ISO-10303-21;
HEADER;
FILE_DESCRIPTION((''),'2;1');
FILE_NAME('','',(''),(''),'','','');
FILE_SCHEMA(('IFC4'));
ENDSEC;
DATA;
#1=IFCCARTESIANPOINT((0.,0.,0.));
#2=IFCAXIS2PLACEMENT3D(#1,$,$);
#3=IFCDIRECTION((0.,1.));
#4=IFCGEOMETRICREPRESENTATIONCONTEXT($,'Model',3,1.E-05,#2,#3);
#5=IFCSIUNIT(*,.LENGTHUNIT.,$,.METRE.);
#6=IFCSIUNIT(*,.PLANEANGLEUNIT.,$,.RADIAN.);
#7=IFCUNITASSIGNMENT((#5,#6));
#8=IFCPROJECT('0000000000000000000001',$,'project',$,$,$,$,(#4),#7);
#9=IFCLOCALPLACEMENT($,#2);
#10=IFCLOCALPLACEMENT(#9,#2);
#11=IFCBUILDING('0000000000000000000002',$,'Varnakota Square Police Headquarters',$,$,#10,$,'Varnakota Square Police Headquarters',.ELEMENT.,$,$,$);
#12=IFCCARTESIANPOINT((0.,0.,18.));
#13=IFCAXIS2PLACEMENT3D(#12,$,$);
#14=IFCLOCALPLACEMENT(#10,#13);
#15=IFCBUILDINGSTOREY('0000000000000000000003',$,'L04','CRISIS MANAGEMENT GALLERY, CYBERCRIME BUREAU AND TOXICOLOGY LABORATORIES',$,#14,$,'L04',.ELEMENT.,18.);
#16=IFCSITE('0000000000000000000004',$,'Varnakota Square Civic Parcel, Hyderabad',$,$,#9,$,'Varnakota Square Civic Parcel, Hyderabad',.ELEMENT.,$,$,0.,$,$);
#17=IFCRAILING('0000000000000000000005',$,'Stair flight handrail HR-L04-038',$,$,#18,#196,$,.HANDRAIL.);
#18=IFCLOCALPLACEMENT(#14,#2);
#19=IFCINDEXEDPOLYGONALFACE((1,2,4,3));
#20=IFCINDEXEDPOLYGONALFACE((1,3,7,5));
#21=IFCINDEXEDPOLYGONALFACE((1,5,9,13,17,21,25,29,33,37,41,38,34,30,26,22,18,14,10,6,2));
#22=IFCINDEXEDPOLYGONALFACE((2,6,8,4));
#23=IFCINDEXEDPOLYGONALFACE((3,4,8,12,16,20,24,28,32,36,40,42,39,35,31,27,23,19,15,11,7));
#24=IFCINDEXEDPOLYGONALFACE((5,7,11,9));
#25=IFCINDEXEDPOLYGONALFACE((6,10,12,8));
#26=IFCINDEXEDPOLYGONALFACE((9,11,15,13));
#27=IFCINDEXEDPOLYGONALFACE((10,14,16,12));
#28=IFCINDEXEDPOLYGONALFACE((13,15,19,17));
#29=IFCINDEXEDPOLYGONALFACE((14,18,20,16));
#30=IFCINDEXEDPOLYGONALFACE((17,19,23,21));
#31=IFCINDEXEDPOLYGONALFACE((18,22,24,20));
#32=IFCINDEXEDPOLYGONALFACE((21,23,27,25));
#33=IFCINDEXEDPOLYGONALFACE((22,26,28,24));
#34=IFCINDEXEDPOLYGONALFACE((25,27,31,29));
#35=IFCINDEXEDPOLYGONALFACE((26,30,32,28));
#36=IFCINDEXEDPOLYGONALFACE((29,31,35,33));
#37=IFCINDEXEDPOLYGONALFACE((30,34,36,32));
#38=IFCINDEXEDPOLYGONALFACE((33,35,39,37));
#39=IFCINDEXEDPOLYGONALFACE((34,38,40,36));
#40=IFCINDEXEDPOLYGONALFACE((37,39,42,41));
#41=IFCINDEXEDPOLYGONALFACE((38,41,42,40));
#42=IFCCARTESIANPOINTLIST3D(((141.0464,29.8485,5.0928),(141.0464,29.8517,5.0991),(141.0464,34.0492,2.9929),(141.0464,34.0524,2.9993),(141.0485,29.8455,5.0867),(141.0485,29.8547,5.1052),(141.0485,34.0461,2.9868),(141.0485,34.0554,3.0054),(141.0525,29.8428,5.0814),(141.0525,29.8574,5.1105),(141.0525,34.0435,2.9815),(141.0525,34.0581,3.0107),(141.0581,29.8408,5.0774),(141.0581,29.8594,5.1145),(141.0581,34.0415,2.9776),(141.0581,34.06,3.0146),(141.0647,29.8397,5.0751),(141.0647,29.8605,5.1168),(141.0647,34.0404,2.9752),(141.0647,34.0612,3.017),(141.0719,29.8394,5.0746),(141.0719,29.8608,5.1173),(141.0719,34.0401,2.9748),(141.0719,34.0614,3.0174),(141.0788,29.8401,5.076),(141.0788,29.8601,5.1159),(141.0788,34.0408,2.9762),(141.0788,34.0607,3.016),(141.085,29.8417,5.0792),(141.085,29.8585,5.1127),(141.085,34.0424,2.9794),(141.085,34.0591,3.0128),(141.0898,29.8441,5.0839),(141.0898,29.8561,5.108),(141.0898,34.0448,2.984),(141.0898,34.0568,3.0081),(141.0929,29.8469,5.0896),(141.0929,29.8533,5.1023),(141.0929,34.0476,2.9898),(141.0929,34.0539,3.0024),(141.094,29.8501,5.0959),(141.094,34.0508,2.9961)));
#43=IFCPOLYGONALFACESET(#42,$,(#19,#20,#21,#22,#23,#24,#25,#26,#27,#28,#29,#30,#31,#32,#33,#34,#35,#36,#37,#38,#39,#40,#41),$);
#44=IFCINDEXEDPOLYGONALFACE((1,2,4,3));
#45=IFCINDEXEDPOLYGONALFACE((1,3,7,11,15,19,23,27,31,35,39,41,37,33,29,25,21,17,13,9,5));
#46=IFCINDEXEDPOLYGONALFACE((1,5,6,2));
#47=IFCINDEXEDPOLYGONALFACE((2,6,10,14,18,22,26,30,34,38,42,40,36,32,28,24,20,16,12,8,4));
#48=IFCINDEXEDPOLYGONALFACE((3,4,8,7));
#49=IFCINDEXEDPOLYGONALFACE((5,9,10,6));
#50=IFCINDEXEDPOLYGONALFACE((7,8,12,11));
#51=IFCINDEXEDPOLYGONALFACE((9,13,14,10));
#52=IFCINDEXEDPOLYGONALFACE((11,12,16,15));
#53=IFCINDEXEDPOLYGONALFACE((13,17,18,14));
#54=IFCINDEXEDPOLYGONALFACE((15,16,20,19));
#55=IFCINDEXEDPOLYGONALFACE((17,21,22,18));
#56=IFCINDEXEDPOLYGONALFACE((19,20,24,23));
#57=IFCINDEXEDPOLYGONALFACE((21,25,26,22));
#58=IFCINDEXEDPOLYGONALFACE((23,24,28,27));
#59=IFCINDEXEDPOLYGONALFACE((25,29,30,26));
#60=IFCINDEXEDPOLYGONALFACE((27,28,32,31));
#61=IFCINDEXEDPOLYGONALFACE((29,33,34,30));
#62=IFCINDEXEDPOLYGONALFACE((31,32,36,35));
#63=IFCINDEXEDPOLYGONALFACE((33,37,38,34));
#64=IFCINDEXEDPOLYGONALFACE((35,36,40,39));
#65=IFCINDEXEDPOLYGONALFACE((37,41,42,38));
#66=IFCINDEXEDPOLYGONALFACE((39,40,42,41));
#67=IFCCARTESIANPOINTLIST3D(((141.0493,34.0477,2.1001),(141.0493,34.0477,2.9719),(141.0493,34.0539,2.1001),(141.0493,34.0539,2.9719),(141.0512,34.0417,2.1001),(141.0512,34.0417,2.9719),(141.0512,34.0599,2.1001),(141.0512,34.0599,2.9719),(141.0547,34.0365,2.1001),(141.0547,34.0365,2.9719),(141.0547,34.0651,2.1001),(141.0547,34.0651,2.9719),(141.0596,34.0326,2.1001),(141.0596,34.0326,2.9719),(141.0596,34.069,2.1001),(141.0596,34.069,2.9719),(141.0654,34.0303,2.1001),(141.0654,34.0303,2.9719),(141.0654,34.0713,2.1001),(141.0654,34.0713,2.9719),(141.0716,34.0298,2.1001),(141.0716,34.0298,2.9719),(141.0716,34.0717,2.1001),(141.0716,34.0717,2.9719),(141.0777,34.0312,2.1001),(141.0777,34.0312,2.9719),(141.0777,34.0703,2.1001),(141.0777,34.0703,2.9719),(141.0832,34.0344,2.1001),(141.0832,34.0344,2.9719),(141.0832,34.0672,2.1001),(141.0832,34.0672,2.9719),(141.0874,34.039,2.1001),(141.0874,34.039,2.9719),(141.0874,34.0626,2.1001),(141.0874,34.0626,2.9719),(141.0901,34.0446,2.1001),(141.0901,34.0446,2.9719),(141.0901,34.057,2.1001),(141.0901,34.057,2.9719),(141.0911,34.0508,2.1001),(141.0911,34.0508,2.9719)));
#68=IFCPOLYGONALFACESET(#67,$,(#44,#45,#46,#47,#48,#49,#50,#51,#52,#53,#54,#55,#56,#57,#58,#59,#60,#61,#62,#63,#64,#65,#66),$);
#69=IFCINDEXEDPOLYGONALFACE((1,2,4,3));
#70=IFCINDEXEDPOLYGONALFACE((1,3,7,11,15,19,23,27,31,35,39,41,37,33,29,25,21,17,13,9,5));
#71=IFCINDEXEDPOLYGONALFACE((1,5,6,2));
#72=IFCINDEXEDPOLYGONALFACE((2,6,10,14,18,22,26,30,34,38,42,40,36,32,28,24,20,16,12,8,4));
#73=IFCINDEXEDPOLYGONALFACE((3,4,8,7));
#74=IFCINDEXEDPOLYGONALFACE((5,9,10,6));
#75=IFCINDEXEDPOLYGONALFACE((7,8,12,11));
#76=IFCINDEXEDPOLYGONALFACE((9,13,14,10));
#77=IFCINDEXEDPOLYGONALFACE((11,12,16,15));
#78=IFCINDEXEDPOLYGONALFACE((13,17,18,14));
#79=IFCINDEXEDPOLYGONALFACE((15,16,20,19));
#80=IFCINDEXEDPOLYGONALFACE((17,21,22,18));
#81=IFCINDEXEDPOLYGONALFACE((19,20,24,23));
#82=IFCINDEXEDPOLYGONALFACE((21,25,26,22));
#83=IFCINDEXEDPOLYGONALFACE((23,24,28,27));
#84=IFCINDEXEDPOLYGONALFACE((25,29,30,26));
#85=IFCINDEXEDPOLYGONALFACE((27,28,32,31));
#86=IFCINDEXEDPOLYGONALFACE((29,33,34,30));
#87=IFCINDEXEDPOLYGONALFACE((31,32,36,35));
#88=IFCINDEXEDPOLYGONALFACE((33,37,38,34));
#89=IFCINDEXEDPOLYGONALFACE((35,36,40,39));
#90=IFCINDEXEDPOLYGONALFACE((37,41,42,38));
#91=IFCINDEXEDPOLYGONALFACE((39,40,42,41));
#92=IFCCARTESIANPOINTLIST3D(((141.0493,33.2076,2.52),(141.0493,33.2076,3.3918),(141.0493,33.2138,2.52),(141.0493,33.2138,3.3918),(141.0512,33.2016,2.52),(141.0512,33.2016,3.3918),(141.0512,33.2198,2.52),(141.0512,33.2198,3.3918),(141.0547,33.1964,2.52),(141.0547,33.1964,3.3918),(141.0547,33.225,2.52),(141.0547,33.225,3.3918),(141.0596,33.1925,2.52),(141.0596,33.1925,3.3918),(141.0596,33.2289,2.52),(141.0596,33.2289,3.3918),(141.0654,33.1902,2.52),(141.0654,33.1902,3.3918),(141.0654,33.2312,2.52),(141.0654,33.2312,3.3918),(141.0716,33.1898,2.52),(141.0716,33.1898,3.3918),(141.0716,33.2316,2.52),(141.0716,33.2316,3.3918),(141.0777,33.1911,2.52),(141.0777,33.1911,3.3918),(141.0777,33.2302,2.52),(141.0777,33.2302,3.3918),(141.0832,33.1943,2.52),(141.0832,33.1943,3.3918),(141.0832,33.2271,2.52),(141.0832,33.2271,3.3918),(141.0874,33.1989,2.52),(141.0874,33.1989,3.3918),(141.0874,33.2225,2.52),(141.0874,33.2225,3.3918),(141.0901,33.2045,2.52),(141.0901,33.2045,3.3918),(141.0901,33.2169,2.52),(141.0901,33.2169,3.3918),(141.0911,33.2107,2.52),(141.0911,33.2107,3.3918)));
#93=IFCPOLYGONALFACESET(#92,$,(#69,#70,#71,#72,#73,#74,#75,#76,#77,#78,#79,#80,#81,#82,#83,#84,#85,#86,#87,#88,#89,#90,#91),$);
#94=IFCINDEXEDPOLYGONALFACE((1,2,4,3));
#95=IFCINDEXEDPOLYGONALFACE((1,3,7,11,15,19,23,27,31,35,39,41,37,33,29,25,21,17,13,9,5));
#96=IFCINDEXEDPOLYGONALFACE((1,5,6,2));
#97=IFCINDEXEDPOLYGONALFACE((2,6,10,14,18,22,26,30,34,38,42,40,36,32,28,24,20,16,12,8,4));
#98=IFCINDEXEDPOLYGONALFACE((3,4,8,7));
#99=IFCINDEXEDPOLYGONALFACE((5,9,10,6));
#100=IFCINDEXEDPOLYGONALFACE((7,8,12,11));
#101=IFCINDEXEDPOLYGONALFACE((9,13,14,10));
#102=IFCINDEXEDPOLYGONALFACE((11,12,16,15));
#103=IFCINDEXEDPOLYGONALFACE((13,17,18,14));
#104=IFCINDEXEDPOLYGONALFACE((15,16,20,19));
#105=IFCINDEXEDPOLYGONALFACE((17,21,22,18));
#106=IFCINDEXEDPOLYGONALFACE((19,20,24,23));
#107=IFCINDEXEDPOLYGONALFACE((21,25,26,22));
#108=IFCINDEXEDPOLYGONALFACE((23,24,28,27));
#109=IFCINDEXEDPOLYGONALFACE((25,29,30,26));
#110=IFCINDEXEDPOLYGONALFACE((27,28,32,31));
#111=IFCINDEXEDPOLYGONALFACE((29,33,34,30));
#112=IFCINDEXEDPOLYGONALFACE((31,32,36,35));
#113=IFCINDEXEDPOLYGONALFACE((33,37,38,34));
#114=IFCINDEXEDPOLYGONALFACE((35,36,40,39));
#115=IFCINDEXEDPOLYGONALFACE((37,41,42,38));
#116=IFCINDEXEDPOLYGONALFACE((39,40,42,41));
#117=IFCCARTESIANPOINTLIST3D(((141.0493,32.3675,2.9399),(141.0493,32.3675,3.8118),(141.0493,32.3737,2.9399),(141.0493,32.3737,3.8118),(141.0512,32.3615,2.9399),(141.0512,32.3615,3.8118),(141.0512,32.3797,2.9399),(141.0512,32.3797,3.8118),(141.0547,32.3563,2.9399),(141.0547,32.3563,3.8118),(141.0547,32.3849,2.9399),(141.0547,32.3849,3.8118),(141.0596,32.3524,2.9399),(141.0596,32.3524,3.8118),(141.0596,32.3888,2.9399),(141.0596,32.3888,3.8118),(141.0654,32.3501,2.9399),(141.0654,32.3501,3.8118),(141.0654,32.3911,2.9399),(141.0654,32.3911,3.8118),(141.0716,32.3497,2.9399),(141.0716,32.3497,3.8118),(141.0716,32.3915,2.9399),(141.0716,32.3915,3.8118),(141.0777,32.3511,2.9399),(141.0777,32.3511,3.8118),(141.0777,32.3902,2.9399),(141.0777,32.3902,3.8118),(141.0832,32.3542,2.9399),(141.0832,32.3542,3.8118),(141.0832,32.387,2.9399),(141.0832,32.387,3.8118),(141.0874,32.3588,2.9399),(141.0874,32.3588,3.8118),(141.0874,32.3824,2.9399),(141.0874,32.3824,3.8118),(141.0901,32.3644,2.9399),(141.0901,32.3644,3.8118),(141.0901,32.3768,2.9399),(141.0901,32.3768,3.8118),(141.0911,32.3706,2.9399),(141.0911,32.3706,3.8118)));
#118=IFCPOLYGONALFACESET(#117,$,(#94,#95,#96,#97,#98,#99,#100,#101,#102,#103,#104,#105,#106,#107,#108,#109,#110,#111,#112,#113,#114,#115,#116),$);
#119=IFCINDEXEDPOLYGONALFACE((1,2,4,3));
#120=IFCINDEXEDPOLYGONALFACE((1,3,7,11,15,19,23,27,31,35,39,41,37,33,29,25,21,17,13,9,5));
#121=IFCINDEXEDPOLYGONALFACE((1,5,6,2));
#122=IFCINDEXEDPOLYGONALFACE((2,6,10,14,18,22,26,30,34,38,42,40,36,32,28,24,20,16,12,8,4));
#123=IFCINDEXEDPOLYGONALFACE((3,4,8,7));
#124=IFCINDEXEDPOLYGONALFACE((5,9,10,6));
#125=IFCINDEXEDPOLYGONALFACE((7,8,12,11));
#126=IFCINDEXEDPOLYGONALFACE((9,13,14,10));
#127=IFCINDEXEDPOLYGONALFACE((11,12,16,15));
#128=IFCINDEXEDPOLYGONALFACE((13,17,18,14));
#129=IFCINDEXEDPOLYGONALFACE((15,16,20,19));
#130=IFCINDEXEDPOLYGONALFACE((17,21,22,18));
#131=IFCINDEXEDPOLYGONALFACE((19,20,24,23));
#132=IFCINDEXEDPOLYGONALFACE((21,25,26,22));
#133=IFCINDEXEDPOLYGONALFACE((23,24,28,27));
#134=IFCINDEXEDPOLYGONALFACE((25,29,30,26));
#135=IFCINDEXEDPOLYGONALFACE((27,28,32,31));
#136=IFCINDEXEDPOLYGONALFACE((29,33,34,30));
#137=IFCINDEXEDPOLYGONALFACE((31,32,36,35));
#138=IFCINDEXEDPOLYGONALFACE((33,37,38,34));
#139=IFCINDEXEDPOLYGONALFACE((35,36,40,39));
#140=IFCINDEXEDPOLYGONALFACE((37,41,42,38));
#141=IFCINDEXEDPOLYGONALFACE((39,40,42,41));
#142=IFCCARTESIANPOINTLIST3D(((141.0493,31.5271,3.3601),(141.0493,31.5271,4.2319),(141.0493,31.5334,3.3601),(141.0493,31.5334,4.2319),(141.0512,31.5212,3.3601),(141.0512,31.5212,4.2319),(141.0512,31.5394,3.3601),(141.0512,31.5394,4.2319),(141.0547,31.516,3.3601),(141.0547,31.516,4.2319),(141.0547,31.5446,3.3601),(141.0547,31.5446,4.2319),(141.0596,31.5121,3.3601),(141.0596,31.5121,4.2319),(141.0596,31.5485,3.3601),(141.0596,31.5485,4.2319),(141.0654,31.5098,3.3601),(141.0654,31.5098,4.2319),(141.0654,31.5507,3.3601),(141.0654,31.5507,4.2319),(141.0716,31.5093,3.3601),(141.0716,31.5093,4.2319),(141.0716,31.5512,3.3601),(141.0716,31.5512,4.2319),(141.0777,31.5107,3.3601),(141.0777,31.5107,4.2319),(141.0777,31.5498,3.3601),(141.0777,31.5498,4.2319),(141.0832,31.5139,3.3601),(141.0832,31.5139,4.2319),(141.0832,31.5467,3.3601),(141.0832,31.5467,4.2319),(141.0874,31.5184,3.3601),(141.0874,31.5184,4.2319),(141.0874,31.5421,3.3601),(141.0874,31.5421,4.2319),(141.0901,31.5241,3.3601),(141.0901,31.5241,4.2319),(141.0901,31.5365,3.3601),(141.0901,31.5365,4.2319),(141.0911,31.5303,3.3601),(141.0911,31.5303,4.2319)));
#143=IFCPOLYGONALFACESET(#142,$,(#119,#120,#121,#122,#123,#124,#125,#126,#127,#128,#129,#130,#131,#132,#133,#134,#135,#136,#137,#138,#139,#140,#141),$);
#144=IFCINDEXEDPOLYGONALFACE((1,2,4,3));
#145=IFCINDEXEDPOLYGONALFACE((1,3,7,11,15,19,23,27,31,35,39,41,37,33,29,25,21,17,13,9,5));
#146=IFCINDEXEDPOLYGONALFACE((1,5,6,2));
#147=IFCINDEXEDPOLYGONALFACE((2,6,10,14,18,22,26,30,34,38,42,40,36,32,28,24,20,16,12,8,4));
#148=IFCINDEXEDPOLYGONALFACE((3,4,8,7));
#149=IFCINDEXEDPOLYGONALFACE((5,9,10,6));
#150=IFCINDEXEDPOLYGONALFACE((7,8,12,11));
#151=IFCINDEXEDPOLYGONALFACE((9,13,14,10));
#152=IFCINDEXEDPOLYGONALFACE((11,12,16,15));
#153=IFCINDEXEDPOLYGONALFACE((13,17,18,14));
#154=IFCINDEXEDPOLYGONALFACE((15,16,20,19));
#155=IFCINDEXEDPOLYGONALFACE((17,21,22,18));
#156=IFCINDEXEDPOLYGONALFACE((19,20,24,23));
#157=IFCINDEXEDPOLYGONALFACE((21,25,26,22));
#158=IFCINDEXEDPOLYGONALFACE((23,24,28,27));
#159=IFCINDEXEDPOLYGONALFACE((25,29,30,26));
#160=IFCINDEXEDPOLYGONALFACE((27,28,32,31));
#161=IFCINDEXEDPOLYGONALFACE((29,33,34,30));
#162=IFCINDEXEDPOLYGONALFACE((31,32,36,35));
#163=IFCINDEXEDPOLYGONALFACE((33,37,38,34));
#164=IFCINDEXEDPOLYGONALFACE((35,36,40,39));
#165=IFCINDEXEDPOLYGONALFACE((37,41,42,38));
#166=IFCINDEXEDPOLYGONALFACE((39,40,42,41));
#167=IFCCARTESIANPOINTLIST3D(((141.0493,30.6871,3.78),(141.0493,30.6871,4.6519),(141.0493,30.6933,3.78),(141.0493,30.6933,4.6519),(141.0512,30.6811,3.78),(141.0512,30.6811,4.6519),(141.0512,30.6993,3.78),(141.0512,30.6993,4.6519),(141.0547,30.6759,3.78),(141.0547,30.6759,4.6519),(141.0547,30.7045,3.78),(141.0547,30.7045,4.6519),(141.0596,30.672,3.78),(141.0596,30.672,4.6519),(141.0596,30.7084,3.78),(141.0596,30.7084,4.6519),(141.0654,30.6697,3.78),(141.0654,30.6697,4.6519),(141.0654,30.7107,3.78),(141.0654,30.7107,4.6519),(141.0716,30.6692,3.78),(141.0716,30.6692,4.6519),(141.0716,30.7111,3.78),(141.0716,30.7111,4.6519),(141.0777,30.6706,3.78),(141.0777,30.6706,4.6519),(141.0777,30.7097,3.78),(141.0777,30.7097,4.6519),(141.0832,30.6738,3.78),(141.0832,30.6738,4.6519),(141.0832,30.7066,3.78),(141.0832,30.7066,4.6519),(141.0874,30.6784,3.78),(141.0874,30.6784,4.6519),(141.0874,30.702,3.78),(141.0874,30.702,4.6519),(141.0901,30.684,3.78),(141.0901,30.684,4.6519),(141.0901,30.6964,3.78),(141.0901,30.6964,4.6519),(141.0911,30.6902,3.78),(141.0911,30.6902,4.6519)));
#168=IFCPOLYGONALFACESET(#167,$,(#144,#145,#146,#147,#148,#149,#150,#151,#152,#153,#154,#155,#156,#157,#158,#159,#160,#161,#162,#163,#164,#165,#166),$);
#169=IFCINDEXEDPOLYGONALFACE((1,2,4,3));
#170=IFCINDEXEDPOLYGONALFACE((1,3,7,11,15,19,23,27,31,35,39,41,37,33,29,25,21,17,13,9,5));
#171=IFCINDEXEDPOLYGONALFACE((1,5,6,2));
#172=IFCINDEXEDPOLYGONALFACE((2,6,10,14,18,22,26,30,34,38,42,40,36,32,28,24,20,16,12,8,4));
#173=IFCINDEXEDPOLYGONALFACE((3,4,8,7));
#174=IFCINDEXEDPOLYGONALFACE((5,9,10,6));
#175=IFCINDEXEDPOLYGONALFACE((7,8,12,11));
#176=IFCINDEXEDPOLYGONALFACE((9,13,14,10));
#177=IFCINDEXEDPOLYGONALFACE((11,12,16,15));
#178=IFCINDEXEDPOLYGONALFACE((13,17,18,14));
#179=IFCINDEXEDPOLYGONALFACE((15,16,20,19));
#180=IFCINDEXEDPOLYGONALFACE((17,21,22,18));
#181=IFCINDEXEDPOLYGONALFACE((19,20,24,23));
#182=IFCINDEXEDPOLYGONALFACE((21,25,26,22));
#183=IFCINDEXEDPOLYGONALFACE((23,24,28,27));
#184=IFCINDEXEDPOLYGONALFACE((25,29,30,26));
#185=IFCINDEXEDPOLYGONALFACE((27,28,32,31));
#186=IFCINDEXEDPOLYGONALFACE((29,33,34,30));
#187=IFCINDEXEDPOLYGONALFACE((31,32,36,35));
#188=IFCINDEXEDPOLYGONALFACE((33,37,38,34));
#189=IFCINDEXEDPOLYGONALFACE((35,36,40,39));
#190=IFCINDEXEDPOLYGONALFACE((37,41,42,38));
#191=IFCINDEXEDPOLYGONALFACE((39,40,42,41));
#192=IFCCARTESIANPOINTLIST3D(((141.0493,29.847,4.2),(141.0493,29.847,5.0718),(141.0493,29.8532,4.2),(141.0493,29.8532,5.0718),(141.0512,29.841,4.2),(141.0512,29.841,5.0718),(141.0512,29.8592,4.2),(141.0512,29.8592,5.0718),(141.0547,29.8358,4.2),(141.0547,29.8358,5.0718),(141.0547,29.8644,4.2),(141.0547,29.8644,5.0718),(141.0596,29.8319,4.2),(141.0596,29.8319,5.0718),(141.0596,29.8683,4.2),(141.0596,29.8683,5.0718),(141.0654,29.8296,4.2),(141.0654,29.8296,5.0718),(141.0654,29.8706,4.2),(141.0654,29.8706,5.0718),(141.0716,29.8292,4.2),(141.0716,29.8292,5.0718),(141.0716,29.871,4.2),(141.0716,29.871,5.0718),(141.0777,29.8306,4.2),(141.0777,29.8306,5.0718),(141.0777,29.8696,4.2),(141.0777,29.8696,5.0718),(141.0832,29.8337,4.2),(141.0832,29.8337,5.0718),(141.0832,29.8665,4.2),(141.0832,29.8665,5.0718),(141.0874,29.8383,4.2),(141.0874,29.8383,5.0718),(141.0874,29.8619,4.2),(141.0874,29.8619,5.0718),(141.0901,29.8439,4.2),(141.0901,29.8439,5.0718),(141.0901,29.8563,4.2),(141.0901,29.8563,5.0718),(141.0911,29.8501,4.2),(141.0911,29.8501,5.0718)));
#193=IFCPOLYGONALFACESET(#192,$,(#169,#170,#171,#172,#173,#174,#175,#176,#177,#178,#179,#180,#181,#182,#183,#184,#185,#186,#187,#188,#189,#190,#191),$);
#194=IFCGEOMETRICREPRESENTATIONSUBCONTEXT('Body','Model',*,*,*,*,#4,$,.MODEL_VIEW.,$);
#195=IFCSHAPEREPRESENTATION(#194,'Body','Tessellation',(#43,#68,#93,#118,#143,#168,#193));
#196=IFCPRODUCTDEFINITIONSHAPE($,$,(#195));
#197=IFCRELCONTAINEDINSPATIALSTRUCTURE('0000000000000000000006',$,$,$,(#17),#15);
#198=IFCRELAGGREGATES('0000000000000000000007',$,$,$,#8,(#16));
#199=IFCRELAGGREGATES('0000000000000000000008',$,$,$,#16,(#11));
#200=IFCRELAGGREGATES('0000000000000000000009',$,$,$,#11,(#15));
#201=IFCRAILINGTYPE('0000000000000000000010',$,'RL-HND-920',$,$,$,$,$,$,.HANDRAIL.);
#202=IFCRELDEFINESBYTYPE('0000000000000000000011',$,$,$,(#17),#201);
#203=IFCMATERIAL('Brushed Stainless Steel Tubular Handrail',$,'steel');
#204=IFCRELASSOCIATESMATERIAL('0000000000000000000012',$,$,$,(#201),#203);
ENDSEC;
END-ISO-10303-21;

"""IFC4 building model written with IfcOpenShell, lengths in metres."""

from ifc_helpers import new_model, si_unit, direction, frame, origin, origin_2d, place, context, subcontext, project, spatial, circle, extrude, material, type_object, element, save


model = new_model("IFC4")

# Units and contexts
model_context = context("Model", 3, precision=1e-05, world=origin(), true_north=direction((0.0, 1.0)))
body_context = subcontext(model_context, "Body", "Model", "MODEL_VIEW")
ifc_project = project(units=[si_unit("LENGTHUNIT", "METRE"), si_unit("PLANEANGLEUNIT", "RADIAN")], contexts=[model_context])

# Site, building, storey
site_placement = place(None, origin())
site = spatial("IfcSite", under=ifc_project, at=site_placement, Name="Varnakota Square Civic Parcel, Hyderabad", LongName="Varnakota Square Civic Parcel, Hyderabad", CompositionType="ELEMENT", RefElevation=0.0)
building_placement = place(site_placement, origin())
building = spatial("IfcBuilding", under=site, at=building_placement, Name="Varnakota Square Police Headquarters", LongName="Varnakota Square Police Headquarters", CompositionType="ELEMENT")
storey_placement = place(building_placement, frame((0.0, 0.0, 18.0)))
storey = spatial("IfcBuildingStorey", under=building, at=storey_placement, Name="L04", Description="CRISIS MANAGEMENT GALLERY, CYBERCRIME BUREAU AND TOXICOLOGY LABORATORIES", LongName="L04", CompositionType="ELEMENT", Elevation=18.0)

# Railing
ifc_material_1 = material(Name="Brushed Stainless Steel Tubular Handrail", Category="steel")
railing_type_1 = type_object("IfcRailingType", Name="RL-HND-920", PredefinedType="HANDRAIL", material=ifc_material_1)
railing_1_placement = place(storey_placement, frame((141.0701, 34.0508, 2.1001)))
element("IfcRailing", 1, at=railing_1_placement, inside=storey, type_object=railing_type_1, Name="Stair flight handrail HR-L04-038", PredefinedType="HANDRAIL", context=body_context, shape_type="SweptSolid", body=[
    extrude(circle(Radius=0.0239, at=origin_2d()), frame((0.0, 0.0, 0.896), z_axis=(0.0, -0.894469, 0.44713), x_axis=(1.0, 0.0, 0.0)), (0.0, 0.0, 1.0), 4.6963),
    extrude(circle(Radius=0.021, at=origin_2d()), origin(), (0.0, 0.0, 1.0), 0.8718),
    extrude(circle(Radius=0.021, at=origin_2d()), frame((0.0, -0.8401, 0.4199)), (0.0, 0.0, 1.0), 0.8718),
    extrude(circle(Radius=0.021, at=origin_2d()), frame((0.0, -1.6802, 0.8398)), (0.0, 0.0, 1.0), 0.8718),
    extrude(circle(Radius=0.021, at=origin_2d()), frame((0.0, -2.5205, 1.26)), (0.0, 0.0, 1.0), 0.8718),
    extrude(circle(Radius=0.021, at=origin_2d()), frame((0.0, -3.3606, 1.6799)), (0.0, 0.0, 1.0), 0.8718),
    extrude(circle(Radius=0.021, at=origin_2d()), frame((0.0, -4.2007, 2.0999)), (0.0, 0.0, 1.0), 0.8718),
])

save(model, "model.ifc")
